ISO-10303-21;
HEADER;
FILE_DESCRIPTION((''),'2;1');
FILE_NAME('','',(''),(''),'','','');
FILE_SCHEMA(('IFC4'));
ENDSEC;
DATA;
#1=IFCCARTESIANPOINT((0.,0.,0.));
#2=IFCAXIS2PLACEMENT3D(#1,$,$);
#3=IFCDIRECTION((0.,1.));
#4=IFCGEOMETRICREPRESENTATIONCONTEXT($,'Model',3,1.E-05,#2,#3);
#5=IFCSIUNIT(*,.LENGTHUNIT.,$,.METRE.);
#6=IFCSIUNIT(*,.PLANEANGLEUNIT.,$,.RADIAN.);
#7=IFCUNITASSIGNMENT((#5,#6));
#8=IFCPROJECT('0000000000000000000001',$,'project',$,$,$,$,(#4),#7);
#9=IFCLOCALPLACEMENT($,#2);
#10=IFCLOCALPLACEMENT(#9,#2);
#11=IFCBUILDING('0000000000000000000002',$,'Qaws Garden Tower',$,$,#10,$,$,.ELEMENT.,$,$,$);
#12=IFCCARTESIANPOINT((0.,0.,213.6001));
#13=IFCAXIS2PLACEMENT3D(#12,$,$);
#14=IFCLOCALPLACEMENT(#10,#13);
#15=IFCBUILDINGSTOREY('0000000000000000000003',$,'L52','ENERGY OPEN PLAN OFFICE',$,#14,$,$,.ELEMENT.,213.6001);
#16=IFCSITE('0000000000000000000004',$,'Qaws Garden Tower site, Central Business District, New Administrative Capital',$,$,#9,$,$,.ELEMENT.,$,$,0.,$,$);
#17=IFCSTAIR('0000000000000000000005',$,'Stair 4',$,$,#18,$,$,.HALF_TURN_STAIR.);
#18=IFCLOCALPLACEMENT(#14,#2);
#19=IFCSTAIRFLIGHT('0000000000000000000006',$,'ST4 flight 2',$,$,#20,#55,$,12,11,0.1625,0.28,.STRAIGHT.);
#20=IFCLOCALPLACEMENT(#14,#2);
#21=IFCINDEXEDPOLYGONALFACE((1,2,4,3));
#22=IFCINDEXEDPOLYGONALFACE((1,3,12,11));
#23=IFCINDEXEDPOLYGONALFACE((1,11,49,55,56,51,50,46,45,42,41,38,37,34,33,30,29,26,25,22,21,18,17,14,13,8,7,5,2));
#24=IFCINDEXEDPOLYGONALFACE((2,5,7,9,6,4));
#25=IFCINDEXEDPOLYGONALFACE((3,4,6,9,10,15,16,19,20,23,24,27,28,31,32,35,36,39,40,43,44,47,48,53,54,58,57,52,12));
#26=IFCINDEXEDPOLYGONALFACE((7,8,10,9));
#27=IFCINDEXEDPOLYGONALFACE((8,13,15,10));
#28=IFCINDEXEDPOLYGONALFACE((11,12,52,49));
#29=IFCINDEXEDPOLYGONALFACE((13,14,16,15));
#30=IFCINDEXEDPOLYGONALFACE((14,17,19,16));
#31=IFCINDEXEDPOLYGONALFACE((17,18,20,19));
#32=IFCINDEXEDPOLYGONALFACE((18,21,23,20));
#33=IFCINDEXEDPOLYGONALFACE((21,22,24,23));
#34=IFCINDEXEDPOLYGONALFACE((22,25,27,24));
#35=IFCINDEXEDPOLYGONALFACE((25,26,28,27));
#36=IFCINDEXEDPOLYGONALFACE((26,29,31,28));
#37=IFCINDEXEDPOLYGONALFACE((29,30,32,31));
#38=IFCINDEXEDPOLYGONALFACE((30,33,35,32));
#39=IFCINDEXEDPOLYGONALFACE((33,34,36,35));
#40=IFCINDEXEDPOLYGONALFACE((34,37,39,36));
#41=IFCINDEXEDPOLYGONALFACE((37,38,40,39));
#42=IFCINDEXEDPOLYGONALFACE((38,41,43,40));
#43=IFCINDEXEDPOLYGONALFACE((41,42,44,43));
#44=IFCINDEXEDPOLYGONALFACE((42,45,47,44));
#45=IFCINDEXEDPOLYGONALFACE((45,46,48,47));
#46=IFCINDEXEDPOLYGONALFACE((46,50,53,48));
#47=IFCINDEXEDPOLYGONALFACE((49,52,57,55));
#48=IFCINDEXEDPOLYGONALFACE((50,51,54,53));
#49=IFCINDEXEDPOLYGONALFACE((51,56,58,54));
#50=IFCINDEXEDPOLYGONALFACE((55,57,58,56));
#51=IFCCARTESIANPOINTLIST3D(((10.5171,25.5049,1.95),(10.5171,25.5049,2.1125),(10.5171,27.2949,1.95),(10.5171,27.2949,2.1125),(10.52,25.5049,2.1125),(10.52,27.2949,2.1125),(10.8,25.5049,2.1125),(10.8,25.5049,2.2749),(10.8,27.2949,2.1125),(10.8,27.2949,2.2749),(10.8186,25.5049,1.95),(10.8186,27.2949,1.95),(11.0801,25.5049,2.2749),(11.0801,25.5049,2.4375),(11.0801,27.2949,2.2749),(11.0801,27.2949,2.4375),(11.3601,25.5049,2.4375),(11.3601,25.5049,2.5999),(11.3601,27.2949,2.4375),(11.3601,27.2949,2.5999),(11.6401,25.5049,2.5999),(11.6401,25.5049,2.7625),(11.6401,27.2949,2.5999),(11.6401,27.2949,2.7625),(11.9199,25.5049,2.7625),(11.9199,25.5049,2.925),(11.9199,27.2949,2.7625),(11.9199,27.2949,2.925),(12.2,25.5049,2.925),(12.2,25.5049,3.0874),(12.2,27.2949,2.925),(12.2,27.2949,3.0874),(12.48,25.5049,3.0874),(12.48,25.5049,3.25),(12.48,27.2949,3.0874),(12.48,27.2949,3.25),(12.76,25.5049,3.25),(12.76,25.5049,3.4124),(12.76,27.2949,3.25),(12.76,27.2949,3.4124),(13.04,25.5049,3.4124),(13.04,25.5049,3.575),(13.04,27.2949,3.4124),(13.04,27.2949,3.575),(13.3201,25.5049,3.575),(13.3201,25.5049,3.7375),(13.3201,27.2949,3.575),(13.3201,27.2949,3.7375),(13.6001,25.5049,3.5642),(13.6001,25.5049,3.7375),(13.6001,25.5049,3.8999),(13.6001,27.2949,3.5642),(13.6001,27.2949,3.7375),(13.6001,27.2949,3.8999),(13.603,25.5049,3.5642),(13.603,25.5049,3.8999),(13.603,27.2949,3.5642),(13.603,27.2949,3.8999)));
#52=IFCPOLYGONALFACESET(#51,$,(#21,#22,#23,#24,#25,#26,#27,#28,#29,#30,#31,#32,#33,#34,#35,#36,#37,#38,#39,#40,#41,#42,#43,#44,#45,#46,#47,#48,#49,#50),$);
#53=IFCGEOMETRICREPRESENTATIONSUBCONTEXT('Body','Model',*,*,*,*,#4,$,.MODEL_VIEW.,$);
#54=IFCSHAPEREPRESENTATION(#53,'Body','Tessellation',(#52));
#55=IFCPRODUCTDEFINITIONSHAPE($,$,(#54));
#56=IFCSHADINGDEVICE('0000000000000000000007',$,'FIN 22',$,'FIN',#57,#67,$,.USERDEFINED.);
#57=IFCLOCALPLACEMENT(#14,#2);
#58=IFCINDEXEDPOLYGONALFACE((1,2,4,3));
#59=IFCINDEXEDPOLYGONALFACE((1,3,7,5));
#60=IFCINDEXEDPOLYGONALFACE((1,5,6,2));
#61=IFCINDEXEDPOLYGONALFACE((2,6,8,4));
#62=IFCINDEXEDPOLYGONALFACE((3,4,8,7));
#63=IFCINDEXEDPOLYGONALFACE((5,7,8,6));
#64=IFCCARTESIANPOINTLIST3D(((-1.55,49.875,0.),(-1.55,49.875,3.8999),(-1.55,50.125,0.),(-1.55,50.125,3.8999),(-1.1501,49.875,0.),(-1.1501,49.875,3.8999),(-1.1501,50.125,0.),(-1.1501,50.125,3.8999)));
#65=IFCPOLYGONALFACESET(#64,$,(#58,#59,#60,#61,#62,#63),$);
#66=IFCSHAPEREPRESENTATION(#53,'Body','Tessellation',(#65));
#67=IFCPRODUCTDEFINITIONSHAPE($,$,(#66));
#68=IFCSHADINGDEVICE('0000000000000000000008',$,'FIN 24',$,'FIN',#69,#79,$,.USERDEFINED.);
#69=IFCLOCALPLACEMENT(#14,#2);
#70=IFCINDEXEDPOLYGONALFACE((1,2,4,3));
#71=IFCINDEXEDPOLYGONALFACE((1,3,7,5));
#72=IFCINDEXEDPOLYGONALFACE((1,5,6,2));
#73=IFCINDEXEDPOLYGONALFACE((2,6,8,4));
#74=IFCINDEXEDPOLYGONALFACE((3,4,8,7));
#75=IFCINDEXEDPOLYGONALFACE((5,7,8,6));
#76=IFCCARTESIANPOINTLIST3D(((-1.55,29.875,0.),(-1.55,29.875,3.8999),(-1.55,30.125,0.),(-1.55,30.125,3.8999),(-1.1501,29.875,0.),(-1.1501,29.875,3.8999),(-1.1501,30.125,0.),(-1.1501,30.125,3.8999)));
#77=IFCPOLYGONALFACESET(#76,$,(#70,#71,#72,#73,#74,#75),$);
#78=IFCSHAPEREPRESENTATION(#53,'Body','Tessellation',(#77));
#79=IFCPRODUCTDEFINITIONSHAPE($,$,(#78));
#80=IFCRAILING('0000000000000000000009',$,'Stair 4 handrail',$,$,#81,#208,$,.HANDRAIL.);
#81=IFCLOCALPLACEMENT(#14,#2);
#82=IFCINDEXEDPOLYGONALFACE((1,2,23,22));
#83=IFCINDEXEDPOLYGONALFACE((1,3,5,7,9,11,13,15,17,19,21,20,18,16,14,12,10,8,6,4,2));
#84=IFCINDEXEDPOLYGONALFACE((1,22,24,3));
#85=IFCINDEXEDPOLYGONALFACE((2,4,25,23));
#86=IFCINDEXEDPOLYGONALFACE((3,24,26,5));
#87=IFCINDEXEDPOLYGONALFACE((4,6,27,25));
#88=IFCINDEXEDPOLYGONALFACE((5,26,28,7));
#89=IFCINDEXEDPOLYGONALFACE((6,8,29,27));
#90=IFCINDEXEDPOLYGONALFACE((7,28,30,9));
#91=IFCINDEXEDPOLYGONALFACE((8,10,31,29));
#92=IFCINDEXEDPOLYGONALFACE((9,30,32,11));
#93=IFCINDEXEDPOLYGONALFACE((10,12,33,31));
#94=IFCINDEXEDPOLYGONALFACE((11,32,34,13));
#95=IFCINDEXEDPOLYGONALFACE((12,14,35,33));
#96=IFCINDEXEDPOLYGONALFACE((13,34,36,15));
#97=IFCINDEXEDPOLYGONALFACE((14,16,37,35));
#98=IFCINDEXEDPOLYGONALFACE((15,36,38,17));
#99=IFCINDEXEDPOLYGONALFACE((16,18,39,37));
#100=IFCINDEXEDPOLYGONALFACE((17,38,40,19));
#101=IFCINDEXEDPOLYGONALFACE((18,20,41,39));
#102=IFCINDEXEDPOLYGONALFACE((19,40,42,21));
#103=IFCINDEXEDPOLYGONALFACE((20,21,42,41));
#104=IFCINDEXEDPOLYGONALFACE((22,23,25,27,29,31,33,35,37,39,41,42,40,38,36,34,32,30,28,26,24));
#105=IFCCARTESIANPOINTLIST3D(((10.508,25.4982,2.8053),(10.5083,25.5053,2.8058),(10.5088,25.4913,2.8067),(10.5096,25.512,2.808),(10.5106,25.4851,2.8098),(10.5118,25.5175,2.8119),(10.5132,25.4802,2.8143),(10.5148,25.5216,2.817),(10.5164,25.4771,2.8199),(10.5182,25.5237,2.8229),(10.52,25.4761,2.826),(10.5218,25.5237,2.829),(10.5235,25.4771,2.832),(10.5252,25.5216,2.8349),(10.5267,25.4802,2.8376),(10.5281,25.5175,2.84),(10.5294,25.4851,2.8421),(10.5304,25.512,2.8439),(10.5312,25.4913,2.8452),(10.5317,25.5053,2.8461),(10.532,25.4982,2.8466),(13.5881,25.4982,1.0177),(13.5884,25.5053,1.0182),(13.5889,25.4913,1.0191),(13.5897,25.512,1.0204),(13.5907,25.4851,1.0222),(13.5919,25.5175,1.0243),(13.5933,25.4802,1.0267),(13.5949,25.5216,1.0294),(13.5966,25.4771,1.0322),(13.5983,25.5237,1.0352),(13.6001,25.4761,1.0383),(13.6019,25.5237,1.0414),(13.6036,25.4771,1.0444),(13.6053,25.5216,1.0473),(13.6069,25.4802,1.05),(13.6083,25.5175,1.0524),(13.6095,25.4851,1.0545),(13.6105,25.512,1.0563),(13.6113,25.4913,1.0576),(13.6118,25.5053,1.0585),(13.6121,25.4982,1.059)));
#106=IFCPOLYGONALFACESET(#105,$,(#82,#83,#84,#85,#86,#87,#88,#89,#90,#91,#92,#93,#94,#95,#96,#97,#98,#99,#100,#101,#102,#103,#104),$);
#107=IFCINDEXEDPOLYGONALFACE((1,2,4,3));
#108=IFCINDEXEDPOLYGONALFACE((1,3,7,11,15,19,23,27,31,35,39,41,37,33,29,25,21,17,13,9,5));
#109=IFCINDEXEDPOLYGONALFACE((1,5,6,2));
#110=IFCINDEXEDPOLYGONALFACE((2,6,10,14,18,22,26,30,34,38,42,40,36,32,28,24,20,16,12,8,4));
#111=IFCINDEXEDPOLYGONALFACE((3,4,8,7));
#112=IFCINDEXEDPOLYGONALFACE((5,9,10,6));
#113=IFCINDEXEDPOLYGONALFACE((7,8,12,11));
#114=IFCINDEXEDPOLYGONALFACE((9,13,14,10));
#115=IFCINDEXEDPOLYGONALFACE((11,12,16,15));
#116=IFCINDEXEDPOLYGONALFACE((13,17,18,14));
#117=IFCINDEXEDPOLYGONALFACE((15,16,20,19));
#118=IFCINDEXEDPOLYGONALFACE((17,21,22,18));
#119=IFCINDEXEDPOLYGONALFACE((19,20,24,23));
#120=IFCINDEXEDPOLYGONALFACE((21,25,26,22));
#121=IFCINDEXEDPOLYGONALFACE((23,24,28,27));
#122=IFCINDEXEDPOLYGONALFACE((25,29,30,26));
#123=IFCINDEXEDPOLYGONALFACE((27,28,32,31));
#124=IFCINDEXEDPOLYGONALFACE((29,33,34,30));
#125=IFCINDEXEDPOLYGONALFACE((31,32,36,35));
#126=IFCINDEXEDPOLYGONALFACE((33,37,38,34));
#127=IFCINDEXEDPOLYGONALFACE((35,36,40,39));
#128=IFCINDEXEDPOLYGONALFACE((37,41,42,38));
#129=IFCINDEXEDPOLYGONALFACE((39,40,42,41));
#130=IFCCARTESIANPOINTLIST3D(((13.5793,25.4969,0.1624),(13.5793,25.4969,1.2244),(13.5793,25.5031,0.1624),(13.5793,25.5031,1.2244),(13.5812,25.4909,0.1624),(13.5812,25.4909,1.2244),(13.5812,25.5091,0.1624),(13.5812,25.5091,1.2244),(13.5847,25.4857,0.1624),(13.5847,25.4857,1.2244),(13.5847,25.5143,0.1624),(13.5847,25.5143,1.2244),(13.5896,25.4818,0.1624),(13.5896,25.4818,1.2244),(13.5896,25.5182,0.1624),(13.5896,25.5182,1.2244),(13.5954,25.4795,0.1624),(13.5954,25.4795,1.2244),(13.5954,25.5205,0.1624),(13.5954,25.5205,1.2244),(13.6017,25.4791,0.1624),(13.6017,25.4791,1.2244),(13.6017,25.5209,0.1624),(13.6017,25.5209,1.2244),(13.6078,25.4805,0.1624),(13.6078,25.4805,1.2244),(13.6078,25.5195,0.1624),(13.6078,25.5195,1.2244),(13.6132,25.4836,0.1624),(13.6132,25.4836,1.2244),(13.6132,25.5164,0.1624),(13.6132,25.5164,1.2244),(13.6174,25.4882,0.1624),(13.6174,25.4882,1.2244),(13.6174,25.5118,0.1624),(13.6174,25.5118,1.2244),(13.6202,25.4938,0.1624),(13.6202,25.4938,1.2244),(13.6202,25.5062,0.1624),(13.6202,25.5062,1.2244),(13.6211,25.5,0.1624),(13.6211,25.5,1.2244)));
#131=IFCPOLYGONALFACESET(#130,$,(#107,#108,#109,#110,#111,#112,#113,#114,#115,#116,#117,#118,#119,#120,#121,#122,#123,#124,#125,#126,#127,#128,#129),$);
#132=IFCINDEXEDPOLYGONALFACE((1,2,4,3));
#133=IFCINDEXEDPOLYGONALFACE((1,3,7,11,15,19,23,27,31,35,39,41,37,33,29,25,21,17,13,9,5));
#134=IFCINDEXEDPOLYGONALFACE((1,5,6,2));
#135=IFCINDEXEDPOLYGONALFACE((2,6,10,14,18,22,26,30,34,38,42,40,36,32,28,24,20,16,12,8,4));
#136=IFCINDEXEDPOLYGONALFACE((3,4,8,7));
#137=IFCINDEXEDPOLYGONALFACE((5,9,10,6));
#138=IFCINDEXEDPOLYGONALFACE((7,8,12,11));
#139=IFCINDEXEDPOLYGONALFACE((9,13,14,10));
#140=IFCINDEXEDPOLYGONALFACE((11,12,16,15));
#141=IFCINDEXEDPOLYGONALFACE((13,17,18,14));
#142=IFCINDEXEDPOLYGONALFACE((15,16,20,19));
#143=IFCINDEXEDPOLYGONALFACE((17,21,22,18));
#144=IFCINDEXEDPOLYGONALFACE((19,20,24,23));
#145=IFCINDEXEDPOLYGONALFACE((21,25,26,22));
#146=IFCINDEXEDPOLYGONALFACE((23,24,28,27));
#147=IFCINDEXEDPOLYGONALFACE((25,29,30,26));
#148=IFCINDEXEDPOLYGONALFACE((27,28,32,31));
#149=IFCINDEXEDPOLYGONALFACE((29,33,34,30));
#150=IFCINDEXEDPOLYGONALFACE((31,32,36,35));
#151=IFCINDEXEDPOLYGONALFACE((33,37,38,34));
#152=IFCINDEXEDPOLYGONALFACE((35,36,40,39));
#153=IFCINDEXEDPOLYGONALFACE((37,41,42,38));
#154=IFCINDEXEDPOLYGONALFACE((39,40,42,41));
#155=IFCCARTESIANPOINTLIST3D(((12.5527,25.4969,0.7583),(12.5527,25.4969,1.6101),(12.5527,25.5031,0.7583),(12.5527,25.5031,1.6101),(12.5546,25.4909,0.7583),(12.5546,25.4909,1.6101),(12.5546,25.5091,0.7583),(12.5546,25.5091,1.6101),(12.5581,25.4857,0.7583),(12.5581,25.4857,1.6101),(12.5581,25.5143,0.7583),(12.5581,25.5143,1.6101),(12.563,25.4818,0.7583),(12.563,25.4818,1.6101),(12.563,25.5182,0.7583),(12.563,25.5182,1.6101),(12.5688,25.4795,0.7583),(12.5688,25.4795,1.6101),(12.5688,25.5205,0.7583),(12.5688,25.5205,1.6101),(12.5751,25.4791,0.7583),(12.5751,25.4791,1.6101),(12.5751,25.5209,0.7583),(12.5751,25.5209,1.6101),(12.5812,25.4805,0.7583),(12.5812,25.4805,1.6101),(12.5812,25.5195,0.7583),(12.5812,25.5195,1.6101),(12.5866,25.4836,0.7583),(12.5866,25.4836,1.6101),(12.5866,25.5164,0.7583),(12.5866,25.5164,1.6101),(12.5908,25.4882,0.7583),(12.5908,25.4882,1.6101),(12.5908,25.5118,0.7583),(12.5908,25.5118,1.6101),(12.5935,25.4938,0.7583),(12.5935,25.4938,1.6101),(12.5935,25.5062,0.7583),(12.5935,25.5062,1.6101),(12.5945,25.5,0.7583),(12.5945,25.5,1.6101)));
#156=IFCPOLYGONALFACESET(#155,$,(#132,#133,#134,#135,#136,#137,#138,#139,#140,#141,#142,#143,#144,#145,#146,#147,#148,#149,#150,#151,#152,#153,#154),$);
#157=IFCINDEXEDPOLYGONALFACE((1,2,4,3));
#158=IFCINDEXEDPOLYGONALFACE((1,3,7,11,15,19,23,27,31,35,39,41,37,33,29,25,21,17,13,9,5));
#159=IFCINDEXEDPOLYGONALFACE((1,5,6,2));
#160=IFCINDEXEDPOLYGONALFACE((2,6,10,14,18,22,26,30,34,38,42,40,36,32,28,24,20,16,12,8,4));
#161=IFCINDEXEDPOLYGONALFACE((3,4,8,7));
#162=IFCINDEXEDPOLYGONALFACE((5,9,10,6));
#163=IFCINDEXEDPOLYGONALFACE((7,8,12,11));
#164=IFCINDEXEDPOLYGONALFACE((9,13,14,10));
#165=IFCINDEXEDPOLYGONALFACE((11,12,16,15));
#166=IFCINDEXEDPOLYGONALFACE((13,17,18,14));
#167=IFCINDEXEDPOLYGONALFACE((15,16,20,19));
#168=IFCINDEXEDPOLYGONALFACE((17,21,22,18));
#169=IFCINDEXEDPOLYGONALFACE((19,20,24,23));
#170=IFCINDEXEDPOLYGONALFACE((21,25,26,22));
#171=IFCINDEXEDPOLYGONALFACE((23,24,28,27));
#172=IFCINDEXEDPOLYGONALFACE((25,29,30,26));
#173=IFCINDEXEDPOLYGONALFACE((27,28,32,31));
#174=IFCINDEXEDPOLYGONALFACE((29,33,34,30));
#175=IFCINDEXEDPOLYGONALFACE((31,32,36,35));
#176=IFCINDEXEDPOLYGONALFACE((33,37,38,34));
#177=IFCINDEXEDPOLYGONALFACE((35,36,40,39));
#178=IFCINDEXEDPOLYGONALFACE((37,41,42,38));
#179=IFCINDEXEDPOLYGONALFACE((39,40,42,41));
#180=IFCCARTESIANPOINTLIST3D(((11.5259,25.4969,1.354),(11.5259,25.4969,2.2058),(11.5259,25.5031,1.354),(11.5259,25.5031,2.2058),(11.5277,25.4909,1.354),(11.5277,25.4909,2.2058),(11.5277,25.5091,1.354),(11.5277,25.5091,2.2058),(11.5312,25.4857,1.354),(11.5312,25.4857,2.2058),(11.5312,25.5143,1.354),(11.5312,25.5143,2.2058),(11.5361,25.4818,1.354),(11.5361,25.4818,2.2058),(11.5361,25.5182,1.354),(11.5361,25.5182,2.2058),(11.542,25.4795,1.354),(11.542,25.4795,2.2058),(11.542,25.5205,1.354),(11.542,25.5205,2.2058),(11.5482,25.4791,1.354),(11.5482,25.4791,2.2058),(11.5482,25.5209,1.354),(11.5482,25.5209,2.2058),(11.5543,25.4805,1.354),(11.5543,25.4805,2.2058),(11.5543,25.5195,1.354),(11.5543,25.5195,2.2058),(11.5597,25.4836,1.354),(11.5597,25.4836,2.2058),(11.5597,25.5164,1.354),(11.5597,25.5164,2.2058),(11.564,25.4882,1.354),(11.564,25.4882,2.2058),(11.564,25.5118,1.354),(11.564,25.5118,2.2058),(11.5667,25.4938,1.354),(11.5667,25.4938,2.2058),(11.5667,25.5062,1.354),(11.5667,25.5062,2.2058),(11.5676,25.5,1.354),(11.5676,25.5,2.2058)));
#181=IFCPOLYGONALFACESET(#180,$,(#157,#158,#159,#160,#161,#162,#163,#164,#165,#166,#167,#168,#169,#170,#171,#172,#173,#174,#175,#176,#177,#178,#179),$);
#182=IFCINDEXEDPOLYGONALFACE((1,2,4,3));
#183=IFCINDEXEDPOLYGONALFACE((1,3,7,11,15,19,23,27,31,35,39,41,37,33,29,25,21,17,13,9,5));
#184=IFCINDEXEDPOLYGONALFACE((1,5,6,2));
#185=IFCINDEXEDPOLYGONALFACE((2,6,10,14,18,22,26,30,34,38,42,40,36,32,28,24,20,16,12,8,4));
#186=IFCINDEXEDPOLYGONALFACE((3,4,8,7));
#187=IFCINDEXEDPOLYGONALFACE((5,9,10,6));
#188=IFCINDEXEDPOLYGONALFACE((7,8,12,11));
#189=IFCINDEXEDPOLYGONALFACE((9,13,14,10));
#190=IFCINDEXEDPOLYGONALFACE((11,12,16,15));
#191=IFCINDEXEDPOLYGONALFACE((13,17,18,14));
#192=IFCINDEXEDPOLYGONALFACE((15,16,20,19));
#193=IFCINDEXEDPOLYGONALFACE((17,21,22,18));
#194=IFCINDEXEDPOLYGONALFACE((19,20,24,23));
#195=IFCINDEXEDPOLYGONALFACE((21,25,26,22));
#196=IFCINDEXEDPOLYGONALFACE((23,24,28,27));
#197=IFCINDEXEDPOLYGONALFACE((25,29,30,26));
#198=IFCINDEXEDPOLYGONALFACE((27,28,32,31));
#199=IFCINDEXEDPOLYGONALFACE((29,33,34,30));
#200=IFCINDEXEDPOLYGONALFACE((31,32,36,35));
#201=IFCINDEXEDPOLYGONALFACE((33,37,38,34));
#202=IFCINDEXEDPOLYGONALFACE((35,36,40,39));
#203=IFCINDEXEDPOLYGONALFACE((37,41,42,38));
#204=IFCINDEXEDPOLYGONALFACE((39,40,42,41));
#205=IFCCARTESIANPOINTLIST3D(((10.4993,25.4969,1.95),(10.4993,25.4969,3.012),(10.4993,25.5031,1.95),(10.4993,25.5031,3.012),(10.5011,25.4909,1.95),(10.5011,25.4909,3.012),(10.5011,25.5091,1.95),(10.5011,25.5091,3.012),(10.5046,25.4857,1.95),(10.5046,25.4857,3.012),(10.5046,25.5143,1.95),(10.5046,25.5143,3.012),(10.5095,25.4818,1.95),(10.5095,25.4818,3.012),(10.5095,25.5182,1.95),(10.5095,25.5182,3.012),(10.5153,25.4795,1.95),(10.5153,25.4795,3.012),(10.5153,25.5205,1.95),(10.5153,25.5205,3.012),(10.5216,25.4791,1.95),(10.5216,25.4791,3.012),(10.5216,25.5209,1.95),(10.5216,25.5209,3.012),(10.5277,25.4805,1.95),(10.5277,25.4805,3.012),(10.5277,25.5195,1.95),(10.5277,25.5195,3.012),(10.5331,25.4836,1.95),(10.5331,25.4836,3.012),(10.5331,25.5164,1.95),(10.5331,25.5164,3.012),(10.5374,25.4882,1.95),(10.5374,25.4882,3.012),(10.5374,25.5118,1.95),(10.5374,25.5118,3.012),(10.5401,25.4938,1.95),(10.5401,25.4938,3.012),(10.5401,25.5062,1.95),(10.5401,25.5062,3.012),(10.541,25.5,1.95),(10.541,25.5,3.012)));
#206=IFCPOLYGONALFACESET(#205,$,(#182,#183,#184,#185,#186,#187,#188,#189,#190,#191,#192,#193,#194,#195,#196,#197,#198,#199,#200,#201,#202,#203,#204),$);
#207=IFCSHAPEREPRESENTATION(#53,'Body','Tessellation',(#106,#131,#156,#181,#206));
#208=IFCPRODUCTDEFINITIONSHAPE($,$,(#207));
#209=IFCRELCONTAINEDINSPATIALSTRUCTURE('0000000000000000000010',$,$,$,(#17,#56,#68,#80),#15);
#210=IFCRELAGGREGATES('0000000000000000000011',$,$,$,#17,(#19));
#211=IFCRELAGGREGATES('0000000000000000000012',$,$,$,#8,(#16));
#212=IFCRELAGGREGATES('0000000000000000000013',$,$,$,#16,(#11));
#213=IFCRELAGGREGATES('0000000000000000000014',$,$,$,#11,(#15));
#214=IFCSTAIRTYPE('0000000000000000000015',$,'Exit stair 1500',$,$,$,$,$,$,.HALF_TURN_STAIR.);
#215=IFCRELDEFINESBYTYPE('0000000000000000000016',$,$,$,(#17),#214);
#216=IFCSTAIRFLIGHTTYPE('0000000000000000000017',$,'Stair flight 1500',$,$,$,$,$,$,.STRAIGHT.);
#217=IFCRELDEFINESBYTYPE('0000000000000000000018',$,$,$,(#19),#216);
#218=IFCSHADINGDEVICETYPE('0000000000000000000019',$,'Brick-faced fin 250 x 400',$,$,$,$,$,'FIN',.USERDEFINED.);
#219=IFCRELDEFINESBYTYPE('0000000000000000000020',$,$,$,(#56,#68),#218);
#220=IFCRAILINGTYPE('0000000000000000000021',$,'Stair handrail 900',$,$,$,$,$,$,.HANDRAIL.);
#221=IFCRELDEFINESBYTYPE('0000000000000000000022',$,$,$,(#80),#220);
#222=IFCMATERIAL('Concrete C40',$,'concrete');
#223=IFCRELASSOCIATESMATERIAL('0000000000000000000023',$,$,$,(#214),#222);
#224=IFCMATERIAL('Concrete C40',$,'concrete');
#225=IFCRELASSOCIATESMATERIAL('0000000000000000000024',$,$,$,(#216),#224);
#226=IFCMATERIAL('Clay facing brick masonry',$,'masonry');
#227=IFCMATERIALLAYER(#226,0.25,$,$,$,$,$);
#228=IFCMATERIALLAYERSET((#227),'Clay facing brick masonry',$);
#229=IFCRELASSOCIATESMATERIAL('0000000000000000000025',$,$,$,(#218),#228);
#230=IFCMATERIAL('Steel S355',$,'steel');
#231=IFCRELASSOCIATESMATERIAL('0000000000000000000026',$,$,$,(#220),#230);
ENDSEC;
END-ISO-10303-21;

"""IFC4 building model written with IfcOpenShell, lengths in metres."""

from ifc_helpers import new_model, si_unit, direction, frame, origin, origin_2d, place, context, subcontext, project, spatial, polyline, rectangle, circle, outline, extrude, material, layer, layer_set, type_object, element, aggregate, save


model = new_model("IFC4")

# Units and contexts
model_context = context("Model", 3, precision=1e-05, world=origin(), true_north=direction((0.0, 1.0)))
body_context = subcontext(model_context, "Body", "Model", "MODEL_VIEW")
ifc_project = project(units=[si_unit("LENGTHUNIT", "METRE"), si_unit("PLANEANGLEUNIT", "RADIAN")], contexts=[model_context])

# Site, building, storey
site_placement = place(None, origin())
site = spatial("IfcSite", under=ifc_project, at=site_placement, Name="Qaws Garden Tower site, Central Business District, New Administrative Capital", CompositionType="ELEMENT", RefElevation=0.0)
building_placement = place(site_placement, origin())
building = spatial("IfcBuilding", under=site, at=building_placement, Name="Qaws Garden Tower", CompositionType="ELEMENT")
storey_placement = place(building_placement, frame((0.0, 0.0, 213.6001)))
storey = spatial("IfcBuildingStorey", under=building, at=storey_placement, Name="L52", Description="ENERGY OPEN PLAN OFFICE", CompositionType="ELEMENT", Elevation=213.6001)

# Stair, stair flight
ifc_material_1 = material(Name="Concrete C40", Category="concrete")
stair_type = type_object("IfcStairType", Name="Exit stair 1500", PredefinedType="HALF_TURN_STAIR", material=ifc_material_1)
stair_placement = place(storey_placement, origin())
stair = element("IfcStair", 1, at=stair_placement, inside=storey, type_object=stair_type, Name="Stair 4", PredefinedType="HALF_TURN_STAIR")
ifc_material_2 = material(Name="Concrete C40", Category="concrete")
stair_flight_type = type_object("IfcStairFlightType", Name="Stair flight 1500", PredefinedType="STRAIGHT", material=ifc_material_2)
stair_flight_placement = place(storey_placement, frame((10.52, 26.3999, 1.95), z_axis=(0.0, 0.0, 1.0), x_axis=(1.0, 0.0, 0.0)))
stair_flight = element("IfcStairFlight", 2, at=stair_flight_placement, type_object=stair_flight_type, Name="ST4 flight 2", NumberOfRisers=12, NumberOfTreads=11, PredefinedType="STRAIGHT", RiserHeight=0.1625, TreadLength=0.28, context=body_context, shape_type="SweptSolid", body=[
    extrude(outline(polyline([(-0.0029, 0.0), (-0.0029, 0.1626), (0.0, 0.1626), (0.28, 0.1626), (0.28, 0.325), (0.5601, 0.325), (0.5601, 0.4875), (0.8401, 0.4875), (0.8401, 0.6499), (1.1201, 0.6499), (1.1201, 0.8125), (1.3999, 0.8125), (1.3999, 0.9751), (1.6799, 0.9751), (1.6799, 1.1375), (1.96, 1.1375), (1.96, 1.3), (2.24, 1.3), (2.24, 1.4624), (2.52, 1.4624), (2.52, 1.625), (2.8, 1.625), (2.8, 1.7876), (3.0801, 1.7876), (3.0801, 1.95), (3.083, 1.95), (3.083, 1.6143), (3.0801, 1.6143), (0.2986, 0.0), (-0.0029, 0.0)])), frame((0.0, 0.895, 0.0), z_axis=(0.0, -1.0, 0.0), x_axis=(1.0, 0.0, 0.0)), (0.0, 0.0, 1.0), 1.79),
])
aggregate(stair, [stair_flight])

# Shading devices
ifc_material_3 = material(Name="Clay facing brick masonry", Category="masonry")
ifc_layer_1 = layer(ifc_material_3, 0.25)
ifc_layer_set_1 = layer_set([ifc_layer_1], Name="Clay facing brick masonry")
shading_device_type = type_object("IfcShadingDeviceType", Name="Brick-faced fin 250 x 400", ElementType="FIN", PredefinedType="USERDEFINED", material=ifc_layer_set_1)
for number, where, z_axis, x_axis, name in (
    (3, (-1.3501, 50.0, 0.0), (0.0, 0.0, 1.0), (0.0, -1.0, 0.0), "FIN 22"),
    (4, (-1.3501, 30.0, 0.0), (0.0, 0.0, 1.0), (0.0, -1.0, 0.0), "FIN 24"),
):
    element("IfcShadingDevice", number, at=place(storey_placement, frame(where, z_axis=z_axis, x_axis=x_axis)), inside=storey, type_object=shading_device_type, Name=name, ObjectType="FIN", PredefinedType="USERDEFINED", context=body_context, shape_type="SweptSolid", body=[
        extrude(rectangle(XDim=0.25, YDim=0.3999, at=origin_2d()), origin(), (0.0, 0.0, 1.0), 3.8999),
    ])

# Railing
ifc_material_4 = material(Name="Steel S355", Category="steel")
railing_type = type_object("IfcRailingType", Name="Stair handrail 900", PredefinedType="HANDRAIL", material=ifc_material_4)
railing_placement = place(storey_placement, frame((13.6001, 25.5, 0.1624)))
element("IfcRailing", 5, at=railing_placement, inside=storey, type_object=railing_type, Name="Stair 4 handrail", PredefinedType="HANDRAIL", context=body_context, shape_type="SweptSolid", body=[
    extrude(circle(Radius=0.0239, at=origin_2d()), frame((0.0, 0.0, 0.876), z_axis=(-0.864891, 0.0, 0.50196), x_axis=(0.0, -1.0, 0.0)), (0.0, 0.0, 1.0), 3.5613),
    extrude(circle(Radius=0.021, at=origin_2d()), origin(), (0.0, 0.0, 1.0), 1.062),
    extrude(circle(Radius=0.021, at=origin_2d()), frame((-1.0266, 0.0, 0.5959)), (0.0, 0.0, 1.0), 0.8518),
    extrude(circle(Radius=0.021, at=origin_2d()), frame((-2.0535, 0.0, 1.1917)), (0.0, 0.0, 1.0), 0.8518),
    extrude(circle(Radius=0.021, at=origin_2d()), frame((-3.0801, 0.0, 1.7876)), (0.0, 0.0, 1.0), 1.062),
])

save(model, "model.ifc")
